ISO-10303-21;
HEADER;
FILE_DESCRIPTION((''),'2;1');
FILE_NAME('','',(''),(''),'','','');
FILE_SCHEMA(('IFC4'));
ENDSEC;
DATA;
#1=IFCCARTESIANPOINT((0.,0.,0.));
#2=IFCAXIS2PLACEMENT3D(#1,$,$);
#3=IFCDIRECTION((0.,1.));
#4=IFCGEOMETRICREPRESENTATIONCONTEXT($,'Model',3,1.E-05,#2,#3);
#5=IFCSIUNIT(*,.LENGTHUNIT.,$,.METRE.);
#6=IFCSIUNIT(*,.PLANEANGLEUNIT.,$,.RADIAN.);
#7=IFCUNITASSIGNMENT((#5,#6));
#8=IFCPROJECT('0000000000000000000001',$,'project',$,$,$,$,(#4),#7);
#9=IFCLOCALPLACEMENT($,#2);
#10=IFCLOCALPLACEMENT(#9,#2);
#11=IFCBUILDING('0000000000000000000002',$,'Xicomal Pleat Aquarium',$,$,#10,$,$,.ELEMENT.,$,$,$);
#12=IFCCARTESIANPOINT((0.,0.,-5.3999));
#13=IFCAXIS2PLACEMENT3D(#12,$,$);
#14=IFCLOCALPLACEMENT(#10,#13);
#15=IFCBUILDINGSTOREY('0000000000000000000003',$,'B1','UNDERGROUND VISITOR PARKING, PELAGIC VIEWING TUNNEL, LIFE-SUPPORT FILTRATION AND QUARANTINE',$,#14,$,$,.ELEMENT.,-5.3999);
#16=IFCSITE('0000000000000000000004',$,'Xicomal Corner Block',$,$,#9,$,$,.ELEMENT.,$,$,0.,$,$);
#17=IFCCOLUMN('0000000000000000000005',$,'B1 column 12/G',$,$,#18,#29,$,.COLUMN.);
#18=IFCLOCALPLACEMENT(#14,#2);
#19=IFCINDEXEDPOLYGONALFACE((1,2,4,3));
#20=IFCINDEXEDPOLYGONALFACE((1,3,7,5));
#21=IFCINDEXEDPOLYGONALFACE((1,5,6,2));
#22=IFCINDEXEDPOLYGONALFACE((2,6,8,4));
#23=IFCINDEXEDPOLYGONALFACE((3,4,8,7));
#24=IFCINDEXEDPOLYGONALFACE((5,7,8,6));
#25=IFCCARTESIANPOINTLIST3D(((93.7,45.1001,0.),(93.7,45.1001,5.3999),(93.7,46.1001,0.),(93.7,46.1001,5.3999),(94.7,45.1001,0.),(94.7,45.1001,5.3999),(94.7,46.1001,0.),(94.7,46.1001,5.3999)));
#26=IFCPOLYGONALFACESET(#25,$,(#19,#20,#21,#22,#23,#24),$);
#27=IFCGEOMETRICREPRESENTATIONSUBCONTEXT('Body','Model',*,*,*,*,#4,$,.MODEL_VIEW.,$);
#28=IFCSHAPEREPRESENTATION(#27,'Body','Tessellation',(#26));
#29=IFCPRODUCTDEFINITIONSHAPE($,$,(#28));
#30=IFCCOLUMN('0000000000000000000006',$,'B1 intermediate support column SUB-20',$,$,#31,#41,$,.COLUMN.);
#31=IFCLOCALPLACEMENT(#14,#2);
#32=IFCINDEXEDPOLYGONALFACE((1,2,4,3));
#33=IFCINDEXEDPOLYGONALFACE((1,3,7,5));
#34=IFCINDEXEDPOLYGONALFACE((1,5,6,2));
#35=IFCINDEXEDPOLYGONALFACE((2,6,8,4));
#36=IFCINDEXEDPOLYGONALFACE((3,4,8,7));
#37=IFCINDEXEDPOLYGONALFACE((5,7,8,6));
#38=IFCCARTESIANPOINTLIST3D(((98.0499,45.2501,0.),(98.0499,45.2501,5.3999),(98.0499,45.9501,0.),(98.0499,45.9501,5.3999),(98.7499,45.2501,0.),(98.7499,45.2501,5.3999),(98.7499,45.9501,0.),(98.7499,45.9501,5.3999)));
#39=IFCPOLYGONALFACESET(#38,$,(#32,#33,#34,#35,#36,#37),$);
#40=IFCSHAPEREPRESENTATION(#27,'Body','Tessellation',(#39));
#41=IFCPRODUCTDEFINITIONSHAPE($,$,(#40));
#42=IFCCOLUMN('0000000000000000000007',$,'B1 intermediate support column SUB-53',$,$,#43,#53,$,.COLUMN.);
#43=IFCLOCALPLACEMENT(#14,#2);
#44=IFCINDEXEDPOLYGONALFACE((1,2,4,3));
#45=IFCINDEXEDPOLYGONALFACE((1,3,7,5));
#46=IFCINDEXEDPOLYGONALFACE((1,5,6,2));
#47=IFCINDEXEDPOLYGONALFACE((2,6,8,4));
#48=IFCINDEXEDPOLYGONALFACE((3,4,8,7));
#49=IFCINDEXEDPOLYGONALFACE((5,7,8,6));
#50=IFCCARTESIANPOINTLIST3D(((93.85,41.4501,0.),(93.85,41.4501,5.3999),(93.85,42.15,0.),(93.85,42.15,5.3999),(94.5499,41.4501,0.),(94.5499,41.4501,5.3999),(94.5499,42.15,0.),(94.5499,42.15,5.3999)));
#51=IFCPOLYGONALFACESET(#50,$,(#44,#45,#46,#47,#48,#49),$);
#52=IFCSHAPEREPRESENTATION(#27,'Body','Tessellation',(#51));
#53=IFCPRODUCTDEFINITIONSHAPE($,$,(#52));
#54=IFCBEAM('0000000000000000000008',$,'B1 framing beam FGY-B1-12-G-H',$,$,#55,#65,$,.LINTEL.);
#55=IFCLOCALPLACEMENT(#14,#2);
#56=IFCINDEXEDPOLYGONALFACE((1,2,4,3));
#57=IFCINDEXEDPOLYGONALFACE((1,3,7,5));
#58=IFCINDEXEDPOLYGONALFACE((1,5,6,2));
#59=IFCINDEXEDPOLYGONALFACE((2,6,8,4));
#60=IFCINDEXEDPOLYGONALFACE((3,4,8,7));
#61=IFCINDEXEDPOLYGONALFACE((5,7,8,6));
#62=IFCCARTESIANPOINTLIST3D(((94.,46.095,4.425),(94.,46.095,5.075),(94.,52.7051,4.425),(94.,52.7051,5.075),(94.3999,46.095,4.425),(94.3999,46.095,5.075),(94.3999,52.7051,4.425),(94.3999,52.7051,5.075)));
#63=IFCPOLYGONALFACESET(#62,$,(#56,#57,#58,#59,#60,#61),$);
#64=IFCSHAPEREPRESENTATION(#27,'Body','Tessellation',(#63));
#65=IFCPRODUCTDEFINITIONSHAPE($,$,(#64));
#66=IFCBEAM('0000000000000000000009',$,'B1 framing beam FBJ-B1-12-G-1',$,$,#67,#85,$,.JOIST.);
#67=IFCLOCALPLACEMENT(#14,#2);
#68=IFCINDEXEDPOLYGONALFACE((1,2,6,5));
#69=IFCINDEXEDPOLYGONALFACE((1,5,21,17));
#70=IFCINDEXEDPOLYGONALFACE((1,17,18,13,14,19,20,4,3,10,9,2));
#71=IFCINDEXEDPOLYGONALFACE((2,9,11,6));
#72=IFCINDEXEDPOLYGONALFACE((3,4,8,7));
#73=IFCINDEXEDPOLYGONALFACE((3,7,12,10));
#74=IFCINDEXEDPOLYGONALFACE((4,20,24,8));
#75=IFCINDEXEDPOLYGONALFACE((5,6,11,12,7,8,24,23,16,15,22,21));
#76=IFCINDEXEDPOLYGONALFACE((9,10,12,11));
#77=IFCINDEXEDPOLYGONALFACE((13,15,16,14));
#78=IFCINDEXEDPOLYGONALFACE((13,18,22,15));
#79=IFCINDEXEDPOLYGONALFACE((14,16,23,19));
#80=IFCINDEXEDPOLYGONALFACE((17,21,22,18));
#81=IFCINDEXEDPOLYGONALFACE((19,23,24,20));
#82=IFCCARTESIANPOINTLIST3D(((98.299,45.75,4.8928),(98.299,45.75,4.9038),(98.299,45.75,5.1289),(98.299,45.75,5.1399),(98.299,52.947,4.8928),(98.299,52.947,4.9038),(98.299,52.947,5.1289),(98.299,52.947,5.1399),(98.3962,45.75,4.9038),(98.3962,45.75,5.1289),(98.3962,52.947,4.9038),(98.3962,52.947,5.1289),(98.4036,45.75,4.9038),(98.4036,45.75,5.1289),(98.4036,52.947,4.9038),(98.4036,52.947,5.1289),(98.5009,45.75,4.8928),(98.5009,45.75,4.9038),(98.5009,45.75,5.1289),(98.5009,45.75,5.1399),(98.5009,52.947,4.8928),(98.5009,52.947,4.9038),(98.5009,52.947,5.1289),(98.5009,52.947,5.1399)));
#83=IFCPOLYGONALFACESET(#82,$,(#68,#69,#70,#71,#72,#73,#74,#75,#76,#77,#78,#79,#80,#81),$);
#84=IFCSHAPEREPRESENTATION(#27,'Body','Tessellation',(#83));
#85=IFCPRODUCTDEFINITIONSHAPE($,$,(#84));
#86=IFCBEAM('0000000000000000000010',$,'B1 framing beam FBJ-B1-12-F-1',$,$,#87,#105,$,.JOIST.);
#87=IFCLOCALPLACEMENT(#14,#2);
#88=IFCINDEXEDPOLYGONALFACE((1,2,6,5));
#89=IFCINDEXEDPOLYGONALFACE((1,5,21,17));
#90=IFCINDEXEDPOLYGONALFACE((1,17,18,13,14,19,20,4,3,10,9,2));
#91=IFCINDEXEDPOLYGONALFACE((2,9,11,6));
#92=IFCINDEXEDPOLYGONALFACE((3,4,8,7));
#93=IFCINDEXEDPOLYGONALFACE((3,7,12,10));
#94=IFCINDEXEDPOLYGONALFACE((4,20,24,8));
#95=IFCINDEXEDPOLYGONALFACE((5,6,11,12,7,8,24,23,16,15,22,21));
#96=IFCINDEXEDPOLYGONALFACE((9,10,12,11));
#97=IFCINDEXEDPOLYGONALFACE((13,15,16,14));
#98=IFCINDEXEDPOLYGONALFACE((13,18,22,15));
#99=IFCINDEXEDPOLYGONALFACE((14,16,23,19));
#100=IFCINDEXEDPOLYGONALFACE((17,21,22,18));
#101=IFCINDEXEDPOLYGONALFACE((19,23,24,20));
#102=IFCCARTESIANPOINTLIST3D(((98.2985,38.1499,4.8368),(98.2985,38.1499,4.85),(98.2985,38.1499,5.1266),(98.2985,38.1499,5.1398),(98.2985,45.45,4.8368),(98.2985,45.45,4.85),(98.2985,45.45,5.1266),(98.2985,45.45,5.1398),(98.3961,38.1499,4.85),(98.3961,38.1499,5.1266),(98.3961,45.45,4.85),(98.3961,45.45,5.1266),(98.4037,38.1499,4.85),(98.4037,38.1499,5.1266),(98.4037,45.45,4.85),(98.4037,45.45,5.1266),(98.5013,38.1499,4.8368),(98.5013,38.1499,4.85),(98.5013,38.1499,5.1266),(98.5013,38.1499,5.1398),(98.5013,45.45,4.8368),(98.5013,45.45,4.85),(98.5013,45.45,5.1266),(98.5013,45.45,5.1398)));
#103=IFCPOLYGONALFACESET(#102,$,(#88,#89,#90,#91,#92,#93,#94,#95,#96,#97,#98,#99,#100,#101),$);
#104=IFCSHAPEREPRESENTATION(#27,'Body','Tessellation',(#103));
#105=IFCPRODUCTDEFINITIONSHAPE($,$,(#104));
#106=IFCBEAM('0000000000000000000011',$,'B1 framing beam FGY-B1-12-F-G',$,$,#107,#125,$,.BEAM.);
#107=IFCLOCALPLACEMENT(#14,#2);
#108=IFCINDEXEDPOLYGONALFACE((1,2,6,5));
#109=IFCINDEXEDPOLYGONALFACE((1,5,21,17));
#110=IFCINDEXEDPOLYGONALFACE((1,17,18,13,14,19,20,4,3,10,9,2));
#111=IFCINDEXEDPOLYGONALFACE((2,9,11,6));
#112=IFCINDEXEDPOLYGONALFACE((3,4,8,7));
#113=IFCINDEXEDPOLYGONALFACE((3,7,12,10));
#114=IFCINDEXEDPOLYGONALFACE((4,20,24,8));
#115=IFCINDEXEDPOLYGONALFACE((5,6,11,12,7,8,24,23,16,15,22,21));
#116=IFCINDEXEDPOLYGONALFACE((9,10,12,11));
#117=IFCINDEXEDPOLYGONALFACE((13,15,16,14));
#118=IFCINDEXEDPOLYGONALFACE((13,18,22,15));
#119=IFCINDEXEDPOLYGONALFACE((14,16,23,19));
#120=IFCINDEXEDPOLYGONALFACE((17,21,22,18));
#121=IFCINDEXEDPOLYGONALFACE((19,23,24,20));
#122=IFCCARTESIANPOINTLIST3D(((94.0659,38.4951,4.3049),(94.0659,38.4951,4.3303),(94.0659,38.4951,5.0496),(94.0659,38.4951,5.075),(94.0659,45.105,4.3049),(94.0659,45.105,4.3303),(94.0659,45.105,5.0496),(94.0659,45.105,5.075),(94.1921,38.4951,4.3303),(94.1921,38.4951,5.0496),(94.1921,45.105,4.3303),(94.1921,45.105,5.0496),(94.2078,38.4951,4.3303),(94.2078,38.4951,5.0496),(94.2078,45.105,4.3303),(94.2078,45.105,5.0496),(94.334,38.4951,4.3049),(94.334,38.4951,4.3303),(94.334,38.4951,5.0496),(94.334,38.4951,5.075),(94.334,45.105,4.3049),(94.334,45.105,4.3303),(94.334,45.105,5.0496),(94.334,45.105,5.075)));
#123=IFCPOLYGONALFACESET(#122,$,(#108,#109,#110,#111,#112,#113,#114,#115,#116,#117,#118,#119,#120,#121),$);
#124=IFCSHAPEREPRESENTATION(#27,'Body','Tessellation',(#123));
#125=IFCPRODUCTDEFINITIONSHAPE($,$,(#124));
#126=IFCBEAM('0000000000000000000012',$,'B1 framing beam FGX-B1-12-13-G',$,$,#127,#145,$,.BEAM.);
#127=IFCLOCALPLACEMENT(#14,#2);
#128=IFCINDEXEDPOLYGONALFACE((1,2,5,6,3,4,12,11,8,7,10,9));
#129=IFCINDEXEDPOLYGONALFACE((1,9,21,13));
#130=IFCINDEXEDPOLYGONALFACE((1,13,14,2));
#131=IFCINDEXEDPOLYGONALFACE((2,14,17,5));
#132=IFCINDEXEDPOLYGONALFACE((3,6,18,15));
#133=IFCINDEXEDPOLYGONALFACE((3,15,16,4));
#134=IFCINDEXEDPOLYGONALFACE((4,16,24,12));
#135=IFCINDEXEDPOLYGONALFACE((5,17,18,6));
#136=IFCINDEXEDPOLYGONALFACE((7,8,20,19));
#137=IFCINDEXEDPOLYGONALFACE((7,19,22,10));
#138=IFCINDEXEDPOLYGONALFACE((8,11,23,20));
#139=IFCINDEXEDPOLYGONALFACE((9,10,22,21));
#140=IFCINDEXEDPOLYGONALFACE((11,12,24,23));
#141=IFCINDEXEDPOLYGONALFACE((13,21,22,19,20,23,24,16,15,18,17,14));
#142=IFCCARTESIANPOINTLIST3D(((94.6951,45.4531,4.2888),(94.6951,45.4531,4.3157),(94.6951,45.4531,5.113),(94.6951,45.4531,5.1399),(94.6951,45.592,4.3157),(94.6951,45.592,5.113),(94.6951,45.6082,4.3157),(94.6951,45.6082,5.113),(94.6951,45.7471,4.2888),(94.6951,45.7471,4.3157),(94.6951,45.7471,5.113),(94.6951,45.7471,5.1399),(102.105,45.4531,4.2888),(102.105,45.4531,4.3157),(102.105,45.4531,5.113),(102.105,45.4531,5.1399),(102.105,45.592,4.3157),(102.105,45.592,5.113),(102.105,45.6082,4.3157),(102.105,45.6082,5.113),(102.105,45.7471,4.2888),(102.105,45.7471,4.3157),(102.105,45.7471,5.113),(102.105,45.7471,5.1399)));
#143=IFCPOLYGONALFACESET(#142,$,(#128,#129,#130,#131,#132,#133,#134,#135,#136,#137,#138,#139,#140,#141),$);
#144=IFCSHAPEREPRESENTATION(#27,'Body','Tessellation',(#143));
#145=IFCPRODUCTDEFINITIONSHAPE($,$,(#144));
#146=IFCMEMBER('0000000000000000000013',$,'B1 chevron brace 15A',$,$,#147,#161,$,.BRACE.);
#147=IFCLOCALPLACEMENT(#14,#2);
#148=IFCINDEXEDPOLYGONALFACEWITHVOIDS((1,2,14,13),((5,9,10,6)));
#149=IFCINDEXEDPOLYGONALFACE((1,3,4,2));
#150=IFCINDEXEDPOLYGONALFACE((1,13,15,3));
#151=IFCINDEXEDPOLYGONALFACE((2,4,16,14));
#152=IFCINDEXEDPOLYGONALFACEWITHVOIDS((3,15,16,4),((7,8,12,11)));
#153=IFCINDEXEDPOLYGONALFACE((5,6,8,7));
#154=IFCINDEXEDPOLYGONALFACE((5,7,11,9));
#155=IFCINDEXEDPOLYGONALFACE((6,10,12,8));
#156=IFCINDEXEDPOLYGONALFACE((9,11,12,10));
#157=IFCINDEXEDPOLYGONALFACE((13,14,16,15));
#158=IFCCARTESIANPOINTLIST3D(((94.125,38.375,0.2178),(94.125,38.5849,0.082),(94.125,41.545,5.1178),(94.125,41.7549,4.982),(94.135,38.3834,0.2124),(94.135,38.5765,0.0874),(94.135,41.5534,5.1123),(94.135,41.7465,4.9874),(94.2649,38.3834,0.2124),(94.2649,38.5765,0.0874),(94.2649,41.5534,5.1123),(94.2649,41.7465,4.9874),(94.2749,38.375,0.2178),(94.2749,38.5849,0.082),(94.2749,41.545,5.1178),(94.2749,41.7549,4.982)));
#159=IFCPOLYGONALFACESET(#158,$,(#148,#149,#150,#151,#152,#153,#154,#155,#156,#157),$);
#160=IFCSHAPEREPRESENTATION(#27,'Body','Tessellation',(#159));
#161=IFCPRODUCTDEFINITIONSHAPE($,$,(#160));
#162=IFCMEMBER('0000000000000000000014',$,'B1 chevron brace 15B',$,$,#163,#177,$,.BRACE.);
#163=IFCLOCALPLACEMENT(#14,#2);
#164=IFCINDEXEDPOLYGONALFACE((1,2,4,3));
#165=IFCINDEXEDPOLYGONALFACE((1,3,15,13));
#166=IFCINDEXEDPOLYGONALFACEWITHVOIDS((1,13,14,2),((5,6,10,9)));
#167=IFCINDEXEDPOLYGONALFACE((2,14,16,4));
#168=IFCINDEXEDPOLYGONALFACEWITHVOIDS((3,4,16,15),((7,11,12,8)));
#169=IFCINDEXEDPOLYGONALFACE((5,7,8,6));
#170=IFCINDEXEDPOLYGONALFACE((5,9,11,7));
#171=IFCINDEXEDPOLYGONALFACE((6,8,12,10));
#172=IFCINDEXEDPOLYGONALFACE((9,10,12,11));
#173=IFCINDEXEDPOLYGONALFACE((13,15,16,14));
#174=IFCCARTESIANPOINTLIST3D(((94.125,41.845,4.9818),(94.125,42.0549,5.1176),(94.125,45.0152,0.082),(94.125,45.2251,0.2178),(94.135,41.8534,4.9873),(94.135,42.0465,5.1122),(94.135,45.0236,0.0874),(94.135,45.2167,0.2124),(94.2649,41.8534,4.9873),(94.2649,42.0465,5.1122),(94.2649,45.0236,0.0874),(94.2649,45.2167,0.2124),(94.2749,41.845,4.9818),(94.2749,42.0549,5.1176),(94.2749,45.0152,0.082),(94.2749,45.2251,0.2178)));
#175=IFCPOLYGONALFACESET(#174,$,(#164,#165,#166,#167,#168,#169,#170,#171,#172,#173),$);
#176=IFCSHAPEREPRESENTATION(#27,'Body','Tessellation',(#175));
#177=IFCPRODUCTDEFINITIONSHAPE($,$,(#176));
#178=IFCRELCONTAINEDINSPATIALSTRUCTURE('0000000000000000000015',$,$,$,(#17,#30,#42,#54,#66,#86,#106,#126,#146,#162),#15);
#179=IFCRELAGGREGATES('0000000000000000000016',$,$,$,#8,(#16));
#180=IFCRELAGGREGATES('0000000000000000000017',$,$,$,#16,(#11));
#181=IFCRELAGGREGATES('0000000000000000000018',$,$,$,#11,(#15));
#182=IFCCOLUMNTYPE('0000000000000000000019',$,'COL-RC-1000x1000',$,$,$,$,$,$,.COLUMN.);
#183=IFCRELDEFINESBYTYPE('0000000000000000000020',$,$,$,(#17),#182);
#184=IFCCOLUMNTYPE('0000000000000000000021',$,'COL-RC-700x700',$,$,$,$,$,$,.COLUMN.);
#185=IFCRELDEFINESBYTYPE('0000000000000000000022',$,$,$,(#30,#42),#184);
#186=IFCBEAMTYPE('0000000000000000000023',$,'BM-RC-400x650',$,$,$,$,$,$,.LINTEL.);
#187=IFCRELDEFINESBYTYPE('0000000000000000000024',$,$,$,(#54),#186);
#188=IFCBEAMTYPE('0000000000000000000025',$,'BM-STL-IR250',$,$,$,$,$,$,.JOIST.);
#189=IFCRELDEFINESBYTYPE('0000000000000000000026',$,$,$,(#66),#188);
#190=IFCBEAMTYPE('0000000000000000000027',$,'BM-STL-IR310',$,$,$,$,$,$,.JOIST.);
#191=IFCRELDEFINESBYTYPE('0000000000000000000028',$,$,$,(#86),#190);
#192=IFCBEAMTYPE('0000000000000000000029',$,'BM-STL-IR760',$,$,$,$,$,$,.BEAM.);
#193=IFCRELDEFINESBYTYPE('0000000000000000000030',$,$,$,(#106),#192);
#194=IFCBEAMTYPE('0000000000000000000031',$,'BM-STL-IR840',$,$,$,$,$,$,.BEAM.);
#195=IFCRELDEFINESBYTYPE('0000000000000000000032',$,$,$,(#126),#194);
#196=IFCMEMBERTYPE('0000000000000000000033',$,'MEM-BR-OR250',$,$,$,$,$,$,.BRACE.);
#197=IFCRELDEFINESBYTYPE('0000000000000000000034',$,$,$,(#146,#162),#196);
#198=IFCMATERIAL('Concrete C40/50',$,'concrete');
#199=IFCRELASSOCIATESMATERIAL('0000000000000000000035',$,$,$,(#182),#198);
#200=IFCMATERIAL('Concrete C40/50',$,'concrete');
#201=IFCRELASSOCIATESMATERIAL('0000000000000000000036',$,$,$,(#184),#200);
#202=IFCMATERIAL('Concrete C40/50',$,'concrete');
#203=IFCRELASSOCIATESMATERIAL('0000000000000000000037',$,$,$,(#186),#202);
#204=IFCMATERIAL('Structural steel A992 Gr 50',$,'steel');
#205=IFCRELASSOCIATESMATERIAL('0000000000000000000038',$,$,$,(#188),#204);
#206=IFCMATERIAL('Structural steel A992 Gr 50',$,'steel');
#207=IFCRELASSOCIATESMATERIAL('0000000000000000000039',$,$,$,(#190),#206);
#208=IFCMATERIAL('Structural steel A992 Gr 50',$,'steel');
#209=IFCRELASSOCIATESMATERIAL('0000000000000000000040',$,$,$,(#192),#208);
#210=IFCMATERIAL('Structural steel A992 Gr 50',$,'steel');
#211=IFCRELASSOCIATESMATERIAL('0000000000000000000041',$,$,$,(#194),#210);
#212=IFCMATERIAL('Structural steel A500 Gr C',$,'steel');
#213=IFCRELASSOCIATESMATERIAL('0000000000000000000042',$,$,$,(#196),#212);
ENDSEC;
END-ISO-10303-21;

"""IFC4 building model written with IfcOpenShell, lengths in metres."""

from ifc_helpers import new_model, si_unit, direction, frame, origin, origin_2d, place, context, subcontext, project, spatial, rectangle, hollow_rectangle, i_section, extrude, material, material_profile, profile_set, type_object, element, save


model = new_model("IFC4")

# Units and contexts
model_context = context("Model", 3, precision=1e-05, world=origin(), true_north=direction((0.0, 1.0)))
body_context = subcontext(model_context, "Body", "Model", "MODEL_VIEW")
ifc_project = project(units=[si_unit("LENGTHUNIT", "METRE"), si_unit("PLANEANGLEUNIT", "RADIAN")], contexts=[model_context])

# Site, building, storey
site_placement = place(None, origin())
site = spatial("IfcSite", under=ifc_project, at=site_placement, Name="Xicomal Corner Block", CompositionType="ELEMENT", RefElevation=0.0)
building_placement = place(site_placement, origin())
building = spatial("IfcBuilding", under=site, at=building_placement, Name="Xicomal Pleat Aquarium", CompositionType="ELEMENT")
storey_placement = place(building_placement, frame((0.0, 0.0, -5.3999)))
storey = spatial("IfcBuildingStorey", under=building, at=storey_placement, Name="B1", Description="UNDERGROUND VISITOR PARKING, PELAGIC VIEWING TUNNEL, LIFE-SUPPORT FILTRATION AND QUARANTINE", CompositionType="ELEMENT", Elevation=-5.3999)

# Columns
ifc_material_1 = material(Name="Concrete C40/50", Category="concrete")
ifc_material_profile_1 = material_profile(ifc_material_1, rectangle(XDim=1.0, YDim=1.0, at=origin_2d()), Name="RC 1000x1000")
ifc_profile_set_1 = profile_set([ifc_material_profile_1], Name="Concrete C40/50")
column_type_1 = type_object("IfcColumnType", Name="COL-RC-1000x1000", PredefinedType="COLUMN", material=ifc_profile_set_1)
column_placement = place(storey_placement, frame((94.2, 45.6001, 0.0), z_axis=(0.0, 0.0, 1.0), x_axis=(1.0, 0.0, 0.0)))
element("IfcColumn", 1, at=column_placement, inside=storey, type_object=column_type_1, Name="B1 column 12/G", PredefinedType="COLUMN", context=body_context, shape_type="SweptSolid", body=[
    extrude(rectangle(XDim=1.0, YDim=1.0, at=origin_2d()), origin(), (0.0, 0.0, 1.0), 5.3999),
])
ifc_material_2 = material(Name="Concrete C40/50", Category="concrete")
ifc_material_profile_2 = material_profile(ifc_material_2, rectangle(XDim=0.7, YDim=0.7, at=origin_2d()), Name="RC 700x700")
ifc_profile_set_2 = profile_set([ifc_material_profile_2], Name="Concrete C40/50")
column_type_2 = type_object("IfcColumnType", Name="COL-RC-700x700", PredefinedType="COLUMN", material=ifc_profile_set_2)
for number, where, z_axis, x_axis, name in (
    (2, (98.3999, 45.6001, 0.0), (0.0, 0.0, 1.0), (1.0, 0.0, 0.0), "B1 intermediate support column SUB-20"),
    (3, (94.2, 41.8, 0.0), (0.0, 0.0, 1.0), (1.0, 0.0, 0.0), "B1 intermediate support column SUB-53"),
):
    element("IfcColumn", number, at=place(storey_placement, frame(where, z_axis=z_axis, x_axis=x_axis)), inside=storey, type_object=column_type_2, Name=name, PredefinedType="COLUMN", context=body_context, shape_type="SweptSolid", body=[
        extrude(rectangle(XDim=0.7, YDim=0.7, at=origin_2d()), origin(), (0.0, 0.0, 1.0), 5.3999),
    ])

# Beams
ifc_material_3 = material(Name="Concrete C40/50", Category="concrete")
ifc_material_profile_3 = material_profile(ifc_material_3, rectangle(XDim=0.3999, YDim=0.6499, at=origin_2d()), Name="RC 400x650")
ifc_profile_set_3 = profile_set([ifc_material_profile_3], Name="Concrete C40/50")
beam_type_1 = type_object("IfcBeamType", Name="BM-RC-400x650", PredefinedType="LINTEL", material=ifc_profile_set_3)
beam_1_placement = place(storey_placement, frame((94.2, 46.095, 4.75), z_axis=(0.0, 1.0, 0.0), x_axis=(-1.0, 0.0, 0.0)))
element("IfcBeam", 4, at=beam_1_placement, inside=storey, type_object=beam_type_1, Name="B1 framing beam FGY-B1-12-G-H", PredefinedType="LINTEL", context=body_context, shape_type="SweptSolid", body=[
    extrude(rectangle(XDim=0.3999, YDim=0.6499, at=origin_2d()), origin(), (0.0, 0.0, 1.0), 6.6101),
])
ifc_material_4 = material(Name="Structural steel A992 Gr 50", Category="steel")
ifc_material_profile_4 = material_profile(ifc_material_4, i_section(OverallWidth=0.2019, OverallDepth=0.2471, WebThickness=0.0073, FlangeThickness=0.011, at=origin_2d()), Name="IR 250x49")
ifc_profile_set_4 = profile_set([ifc_material_profile_4], Name="Structural steel A992 Gr 50")
beam_type_2 = type_object("IfcBeamType", Name="BM-STL-IR250", PredefinedType="JOIST", material=ifc_profile_set_4)
beam_2_placement = place(storey_placement, frame((98.3999, 45.75, 5.0164), z_axis=(0.0, 1.0, 0.0), x_axis=(-1.0, 0.0, 0.0)))
element("IfcBeam", 5, at=beam_2_placement, inside=storey, type_object=beam_type_2, Name="B1 framing beam FBJ-B1-12-G-1", PredefinedType="JOIST", context=body_context, shape_type="SweptSolid", body=[
    extrude(i_section(OverallWidth=0.2019, OverallDepth=0.2471, WebThickness=0.0073, FlangeThickness=0.011, at=origin_2d()), origin(), (0.0, 0.0, 1.0), 7.197),
])
ifc_material_5 = material(Name="Structural steel A992 Gr 50", Category="steel")
ifc_material_profile_5 = material_profile(ifc_material_5, i_section(OverallWidth=0.2029, OverallDepth=0.303, WebThickness=0.0076, FlangeThickness=0.0132, at=origin_2d()), Name="IR 310x60")
ifc_profile_set_5 = profile_set([ifc_material_profile_5], Name="Structural steel A992 Gr 50")
beam_type_3 = type_object("IfcBeamType", Name="BM-STL-IR310", PredefinedType="JOIST", material=ifc_profile_set_5)
beam_3_placement = place(storey_placement, frame((98.3999, 38.1499, 4.9883), z_axis=(0.0, 1.0, 0.0), x_axis=(-1.0, 0.0, 0.0)))
element("IfcBeam", 6, at=beam_3_placement, inside=storey, type_object=beam_type_3, Name="B1 framing beam FBJ-B1-12-F-1", PredefinedType="JOIST", context=body_context, shape_type="SweptSolid", body=[
    extrude(i_section(OverallWidth=0.2029, OverallDepth=0.303, WebThickness=0.0076, FlangeThickness=0.0132, at=origin_2d()), origin(), (0.0, 0.0, 1.0), 7.3),
])
ifc_material_6 = material(Name="Structural steel A992 Gr 50", Category="steel")
ifc_material_profile_6 = material_profile(ifc_material_6, i_section(OverallWidth=0.2681, OverallDepth=0.77, WebThickness=0.0156, FlangeThickness=0.0254, at=origin_2d()), Name="IR 760x196")
ifc_profile_set_6 = profile_set([ifc_material_profile_6], Name="Structural steel A992 Gr 50")
beam_type_4 = type_object("IfcBeamType", Name="BM-STL-IR760", PredefinedType="BEAM", material=ifc_profile_set_6)
beam_4_placement = place(storey_placement, frame((94.2, 38.4951, 4.6899), z_axis=(0.0, 1.0, 0.0), x_axis=(-1.0, 0.0, 0.0)))
element("IfcBeam", 7, at=beam_4_placement, inside=storey, type_object=beam_type_4, Name="B1 framing beam FGY-B1-12-F-G", PredefinedType="BEAM", context=body_context, shape_type="SweptSolid", body=[
    extrude(i_section(OverallWidth=0.2681, OverallDepth=0.77, WebThickness=0.0156, FlangeThickness=0.0254, at=origin_2d()), origin(), (0.0, 0.0, 1.0), 6.6099),
])
ifc_material_7 = material(Name="Structural steel A992 Gr 50", Category="steel")
ifc_material_profile_7 = material_profile(ifc_material_7, i_section(OverallWidth=0.2939, OverallDepth=0.8511, WebThickness=0.0161, FlangeThickness=0.0269, at=origin_2d()), Name="IR 840x226")
ifc_profile_set_7 = profile_set([ifc_material_profile_7], Name="Structural steel A992 Gr 50")
beam_type_5 = type_object("IfcBeamType", Name="BM-STL-IR840", PredefinedType="BEAM", material=ifc_profile_set_7)
beam_5_placement = place(storey_placement, frame((94.6951, 45.6001, 4.7144), z_axis=(1.0, 0.0, 0.0), x_axis=(0.0, 1.0, 0.0)))
element("IfcBeam", 8, at=beam_5_placement, inside=storey, type_object=beam_type_5, Name="B1 framing beam FGX-B1-12-13-G", PredefinedType="BEAM", context=body_context, shape_type="SweptSolid", body=[
    extrude(i_section(OverallWidth=0.2939, OverallDepth=0.8511, WebThickness=0.0161, FlangeThickness=0.0269, at=origin_2d()), origin(), (0.0, 0.0, 1.0), 7.4099),
])

# Members
ifc_material_8 = material(Name="Structural steel A500 Gr C", Category="steel")
ifc_material_profile_8 = material_profile(ifc_material_8, hollow_rectangle(XDim=0.1499, YDim=0.25, WallThickness=0.01, at=origin_2d()), Name="OR 250x150x10")
ifc_profile_set_8 = profile_set([ifc_material_profile_8], Name="Structural steel A500 Gr C")
member_type = type_object("IfcMemberType", Name="MEM-BR-OR250", PredefinedType="BRACE", material=ifc_profile_set_8)
for number, where, z_axis, x_axis, name in (
    (9, (94.2, 38.48, 0.1499), (0.0, 0.543178, 0.839617), (-1.0, 0.0, 0.0), "B1 chevron brace 15A"),
    (10, (94.2, 45.1201, 0.1499), (0.0, -0.543208, 0.839598), (1.0, 0.0, 0.0), "B1 chevron brace 15B"),
):
    element("IfcMember", number, at=place(storey_placement, frame(where, z_axis=z_axis, x_axis=x_axis)), inside=storey, type_object=member_type, Name=name, PredefinedType="BRACE", context=body_context, shape_type="SweptSolid", body=[
        extrude(hollow_rectangle(XDim=0.1499, YDim=0.25, WallThickness=0.01, at=origin_2d()), origin(), (0.0, 0.0, 1.0), 5.8359),
    ])

save(model, "model.ifc")
